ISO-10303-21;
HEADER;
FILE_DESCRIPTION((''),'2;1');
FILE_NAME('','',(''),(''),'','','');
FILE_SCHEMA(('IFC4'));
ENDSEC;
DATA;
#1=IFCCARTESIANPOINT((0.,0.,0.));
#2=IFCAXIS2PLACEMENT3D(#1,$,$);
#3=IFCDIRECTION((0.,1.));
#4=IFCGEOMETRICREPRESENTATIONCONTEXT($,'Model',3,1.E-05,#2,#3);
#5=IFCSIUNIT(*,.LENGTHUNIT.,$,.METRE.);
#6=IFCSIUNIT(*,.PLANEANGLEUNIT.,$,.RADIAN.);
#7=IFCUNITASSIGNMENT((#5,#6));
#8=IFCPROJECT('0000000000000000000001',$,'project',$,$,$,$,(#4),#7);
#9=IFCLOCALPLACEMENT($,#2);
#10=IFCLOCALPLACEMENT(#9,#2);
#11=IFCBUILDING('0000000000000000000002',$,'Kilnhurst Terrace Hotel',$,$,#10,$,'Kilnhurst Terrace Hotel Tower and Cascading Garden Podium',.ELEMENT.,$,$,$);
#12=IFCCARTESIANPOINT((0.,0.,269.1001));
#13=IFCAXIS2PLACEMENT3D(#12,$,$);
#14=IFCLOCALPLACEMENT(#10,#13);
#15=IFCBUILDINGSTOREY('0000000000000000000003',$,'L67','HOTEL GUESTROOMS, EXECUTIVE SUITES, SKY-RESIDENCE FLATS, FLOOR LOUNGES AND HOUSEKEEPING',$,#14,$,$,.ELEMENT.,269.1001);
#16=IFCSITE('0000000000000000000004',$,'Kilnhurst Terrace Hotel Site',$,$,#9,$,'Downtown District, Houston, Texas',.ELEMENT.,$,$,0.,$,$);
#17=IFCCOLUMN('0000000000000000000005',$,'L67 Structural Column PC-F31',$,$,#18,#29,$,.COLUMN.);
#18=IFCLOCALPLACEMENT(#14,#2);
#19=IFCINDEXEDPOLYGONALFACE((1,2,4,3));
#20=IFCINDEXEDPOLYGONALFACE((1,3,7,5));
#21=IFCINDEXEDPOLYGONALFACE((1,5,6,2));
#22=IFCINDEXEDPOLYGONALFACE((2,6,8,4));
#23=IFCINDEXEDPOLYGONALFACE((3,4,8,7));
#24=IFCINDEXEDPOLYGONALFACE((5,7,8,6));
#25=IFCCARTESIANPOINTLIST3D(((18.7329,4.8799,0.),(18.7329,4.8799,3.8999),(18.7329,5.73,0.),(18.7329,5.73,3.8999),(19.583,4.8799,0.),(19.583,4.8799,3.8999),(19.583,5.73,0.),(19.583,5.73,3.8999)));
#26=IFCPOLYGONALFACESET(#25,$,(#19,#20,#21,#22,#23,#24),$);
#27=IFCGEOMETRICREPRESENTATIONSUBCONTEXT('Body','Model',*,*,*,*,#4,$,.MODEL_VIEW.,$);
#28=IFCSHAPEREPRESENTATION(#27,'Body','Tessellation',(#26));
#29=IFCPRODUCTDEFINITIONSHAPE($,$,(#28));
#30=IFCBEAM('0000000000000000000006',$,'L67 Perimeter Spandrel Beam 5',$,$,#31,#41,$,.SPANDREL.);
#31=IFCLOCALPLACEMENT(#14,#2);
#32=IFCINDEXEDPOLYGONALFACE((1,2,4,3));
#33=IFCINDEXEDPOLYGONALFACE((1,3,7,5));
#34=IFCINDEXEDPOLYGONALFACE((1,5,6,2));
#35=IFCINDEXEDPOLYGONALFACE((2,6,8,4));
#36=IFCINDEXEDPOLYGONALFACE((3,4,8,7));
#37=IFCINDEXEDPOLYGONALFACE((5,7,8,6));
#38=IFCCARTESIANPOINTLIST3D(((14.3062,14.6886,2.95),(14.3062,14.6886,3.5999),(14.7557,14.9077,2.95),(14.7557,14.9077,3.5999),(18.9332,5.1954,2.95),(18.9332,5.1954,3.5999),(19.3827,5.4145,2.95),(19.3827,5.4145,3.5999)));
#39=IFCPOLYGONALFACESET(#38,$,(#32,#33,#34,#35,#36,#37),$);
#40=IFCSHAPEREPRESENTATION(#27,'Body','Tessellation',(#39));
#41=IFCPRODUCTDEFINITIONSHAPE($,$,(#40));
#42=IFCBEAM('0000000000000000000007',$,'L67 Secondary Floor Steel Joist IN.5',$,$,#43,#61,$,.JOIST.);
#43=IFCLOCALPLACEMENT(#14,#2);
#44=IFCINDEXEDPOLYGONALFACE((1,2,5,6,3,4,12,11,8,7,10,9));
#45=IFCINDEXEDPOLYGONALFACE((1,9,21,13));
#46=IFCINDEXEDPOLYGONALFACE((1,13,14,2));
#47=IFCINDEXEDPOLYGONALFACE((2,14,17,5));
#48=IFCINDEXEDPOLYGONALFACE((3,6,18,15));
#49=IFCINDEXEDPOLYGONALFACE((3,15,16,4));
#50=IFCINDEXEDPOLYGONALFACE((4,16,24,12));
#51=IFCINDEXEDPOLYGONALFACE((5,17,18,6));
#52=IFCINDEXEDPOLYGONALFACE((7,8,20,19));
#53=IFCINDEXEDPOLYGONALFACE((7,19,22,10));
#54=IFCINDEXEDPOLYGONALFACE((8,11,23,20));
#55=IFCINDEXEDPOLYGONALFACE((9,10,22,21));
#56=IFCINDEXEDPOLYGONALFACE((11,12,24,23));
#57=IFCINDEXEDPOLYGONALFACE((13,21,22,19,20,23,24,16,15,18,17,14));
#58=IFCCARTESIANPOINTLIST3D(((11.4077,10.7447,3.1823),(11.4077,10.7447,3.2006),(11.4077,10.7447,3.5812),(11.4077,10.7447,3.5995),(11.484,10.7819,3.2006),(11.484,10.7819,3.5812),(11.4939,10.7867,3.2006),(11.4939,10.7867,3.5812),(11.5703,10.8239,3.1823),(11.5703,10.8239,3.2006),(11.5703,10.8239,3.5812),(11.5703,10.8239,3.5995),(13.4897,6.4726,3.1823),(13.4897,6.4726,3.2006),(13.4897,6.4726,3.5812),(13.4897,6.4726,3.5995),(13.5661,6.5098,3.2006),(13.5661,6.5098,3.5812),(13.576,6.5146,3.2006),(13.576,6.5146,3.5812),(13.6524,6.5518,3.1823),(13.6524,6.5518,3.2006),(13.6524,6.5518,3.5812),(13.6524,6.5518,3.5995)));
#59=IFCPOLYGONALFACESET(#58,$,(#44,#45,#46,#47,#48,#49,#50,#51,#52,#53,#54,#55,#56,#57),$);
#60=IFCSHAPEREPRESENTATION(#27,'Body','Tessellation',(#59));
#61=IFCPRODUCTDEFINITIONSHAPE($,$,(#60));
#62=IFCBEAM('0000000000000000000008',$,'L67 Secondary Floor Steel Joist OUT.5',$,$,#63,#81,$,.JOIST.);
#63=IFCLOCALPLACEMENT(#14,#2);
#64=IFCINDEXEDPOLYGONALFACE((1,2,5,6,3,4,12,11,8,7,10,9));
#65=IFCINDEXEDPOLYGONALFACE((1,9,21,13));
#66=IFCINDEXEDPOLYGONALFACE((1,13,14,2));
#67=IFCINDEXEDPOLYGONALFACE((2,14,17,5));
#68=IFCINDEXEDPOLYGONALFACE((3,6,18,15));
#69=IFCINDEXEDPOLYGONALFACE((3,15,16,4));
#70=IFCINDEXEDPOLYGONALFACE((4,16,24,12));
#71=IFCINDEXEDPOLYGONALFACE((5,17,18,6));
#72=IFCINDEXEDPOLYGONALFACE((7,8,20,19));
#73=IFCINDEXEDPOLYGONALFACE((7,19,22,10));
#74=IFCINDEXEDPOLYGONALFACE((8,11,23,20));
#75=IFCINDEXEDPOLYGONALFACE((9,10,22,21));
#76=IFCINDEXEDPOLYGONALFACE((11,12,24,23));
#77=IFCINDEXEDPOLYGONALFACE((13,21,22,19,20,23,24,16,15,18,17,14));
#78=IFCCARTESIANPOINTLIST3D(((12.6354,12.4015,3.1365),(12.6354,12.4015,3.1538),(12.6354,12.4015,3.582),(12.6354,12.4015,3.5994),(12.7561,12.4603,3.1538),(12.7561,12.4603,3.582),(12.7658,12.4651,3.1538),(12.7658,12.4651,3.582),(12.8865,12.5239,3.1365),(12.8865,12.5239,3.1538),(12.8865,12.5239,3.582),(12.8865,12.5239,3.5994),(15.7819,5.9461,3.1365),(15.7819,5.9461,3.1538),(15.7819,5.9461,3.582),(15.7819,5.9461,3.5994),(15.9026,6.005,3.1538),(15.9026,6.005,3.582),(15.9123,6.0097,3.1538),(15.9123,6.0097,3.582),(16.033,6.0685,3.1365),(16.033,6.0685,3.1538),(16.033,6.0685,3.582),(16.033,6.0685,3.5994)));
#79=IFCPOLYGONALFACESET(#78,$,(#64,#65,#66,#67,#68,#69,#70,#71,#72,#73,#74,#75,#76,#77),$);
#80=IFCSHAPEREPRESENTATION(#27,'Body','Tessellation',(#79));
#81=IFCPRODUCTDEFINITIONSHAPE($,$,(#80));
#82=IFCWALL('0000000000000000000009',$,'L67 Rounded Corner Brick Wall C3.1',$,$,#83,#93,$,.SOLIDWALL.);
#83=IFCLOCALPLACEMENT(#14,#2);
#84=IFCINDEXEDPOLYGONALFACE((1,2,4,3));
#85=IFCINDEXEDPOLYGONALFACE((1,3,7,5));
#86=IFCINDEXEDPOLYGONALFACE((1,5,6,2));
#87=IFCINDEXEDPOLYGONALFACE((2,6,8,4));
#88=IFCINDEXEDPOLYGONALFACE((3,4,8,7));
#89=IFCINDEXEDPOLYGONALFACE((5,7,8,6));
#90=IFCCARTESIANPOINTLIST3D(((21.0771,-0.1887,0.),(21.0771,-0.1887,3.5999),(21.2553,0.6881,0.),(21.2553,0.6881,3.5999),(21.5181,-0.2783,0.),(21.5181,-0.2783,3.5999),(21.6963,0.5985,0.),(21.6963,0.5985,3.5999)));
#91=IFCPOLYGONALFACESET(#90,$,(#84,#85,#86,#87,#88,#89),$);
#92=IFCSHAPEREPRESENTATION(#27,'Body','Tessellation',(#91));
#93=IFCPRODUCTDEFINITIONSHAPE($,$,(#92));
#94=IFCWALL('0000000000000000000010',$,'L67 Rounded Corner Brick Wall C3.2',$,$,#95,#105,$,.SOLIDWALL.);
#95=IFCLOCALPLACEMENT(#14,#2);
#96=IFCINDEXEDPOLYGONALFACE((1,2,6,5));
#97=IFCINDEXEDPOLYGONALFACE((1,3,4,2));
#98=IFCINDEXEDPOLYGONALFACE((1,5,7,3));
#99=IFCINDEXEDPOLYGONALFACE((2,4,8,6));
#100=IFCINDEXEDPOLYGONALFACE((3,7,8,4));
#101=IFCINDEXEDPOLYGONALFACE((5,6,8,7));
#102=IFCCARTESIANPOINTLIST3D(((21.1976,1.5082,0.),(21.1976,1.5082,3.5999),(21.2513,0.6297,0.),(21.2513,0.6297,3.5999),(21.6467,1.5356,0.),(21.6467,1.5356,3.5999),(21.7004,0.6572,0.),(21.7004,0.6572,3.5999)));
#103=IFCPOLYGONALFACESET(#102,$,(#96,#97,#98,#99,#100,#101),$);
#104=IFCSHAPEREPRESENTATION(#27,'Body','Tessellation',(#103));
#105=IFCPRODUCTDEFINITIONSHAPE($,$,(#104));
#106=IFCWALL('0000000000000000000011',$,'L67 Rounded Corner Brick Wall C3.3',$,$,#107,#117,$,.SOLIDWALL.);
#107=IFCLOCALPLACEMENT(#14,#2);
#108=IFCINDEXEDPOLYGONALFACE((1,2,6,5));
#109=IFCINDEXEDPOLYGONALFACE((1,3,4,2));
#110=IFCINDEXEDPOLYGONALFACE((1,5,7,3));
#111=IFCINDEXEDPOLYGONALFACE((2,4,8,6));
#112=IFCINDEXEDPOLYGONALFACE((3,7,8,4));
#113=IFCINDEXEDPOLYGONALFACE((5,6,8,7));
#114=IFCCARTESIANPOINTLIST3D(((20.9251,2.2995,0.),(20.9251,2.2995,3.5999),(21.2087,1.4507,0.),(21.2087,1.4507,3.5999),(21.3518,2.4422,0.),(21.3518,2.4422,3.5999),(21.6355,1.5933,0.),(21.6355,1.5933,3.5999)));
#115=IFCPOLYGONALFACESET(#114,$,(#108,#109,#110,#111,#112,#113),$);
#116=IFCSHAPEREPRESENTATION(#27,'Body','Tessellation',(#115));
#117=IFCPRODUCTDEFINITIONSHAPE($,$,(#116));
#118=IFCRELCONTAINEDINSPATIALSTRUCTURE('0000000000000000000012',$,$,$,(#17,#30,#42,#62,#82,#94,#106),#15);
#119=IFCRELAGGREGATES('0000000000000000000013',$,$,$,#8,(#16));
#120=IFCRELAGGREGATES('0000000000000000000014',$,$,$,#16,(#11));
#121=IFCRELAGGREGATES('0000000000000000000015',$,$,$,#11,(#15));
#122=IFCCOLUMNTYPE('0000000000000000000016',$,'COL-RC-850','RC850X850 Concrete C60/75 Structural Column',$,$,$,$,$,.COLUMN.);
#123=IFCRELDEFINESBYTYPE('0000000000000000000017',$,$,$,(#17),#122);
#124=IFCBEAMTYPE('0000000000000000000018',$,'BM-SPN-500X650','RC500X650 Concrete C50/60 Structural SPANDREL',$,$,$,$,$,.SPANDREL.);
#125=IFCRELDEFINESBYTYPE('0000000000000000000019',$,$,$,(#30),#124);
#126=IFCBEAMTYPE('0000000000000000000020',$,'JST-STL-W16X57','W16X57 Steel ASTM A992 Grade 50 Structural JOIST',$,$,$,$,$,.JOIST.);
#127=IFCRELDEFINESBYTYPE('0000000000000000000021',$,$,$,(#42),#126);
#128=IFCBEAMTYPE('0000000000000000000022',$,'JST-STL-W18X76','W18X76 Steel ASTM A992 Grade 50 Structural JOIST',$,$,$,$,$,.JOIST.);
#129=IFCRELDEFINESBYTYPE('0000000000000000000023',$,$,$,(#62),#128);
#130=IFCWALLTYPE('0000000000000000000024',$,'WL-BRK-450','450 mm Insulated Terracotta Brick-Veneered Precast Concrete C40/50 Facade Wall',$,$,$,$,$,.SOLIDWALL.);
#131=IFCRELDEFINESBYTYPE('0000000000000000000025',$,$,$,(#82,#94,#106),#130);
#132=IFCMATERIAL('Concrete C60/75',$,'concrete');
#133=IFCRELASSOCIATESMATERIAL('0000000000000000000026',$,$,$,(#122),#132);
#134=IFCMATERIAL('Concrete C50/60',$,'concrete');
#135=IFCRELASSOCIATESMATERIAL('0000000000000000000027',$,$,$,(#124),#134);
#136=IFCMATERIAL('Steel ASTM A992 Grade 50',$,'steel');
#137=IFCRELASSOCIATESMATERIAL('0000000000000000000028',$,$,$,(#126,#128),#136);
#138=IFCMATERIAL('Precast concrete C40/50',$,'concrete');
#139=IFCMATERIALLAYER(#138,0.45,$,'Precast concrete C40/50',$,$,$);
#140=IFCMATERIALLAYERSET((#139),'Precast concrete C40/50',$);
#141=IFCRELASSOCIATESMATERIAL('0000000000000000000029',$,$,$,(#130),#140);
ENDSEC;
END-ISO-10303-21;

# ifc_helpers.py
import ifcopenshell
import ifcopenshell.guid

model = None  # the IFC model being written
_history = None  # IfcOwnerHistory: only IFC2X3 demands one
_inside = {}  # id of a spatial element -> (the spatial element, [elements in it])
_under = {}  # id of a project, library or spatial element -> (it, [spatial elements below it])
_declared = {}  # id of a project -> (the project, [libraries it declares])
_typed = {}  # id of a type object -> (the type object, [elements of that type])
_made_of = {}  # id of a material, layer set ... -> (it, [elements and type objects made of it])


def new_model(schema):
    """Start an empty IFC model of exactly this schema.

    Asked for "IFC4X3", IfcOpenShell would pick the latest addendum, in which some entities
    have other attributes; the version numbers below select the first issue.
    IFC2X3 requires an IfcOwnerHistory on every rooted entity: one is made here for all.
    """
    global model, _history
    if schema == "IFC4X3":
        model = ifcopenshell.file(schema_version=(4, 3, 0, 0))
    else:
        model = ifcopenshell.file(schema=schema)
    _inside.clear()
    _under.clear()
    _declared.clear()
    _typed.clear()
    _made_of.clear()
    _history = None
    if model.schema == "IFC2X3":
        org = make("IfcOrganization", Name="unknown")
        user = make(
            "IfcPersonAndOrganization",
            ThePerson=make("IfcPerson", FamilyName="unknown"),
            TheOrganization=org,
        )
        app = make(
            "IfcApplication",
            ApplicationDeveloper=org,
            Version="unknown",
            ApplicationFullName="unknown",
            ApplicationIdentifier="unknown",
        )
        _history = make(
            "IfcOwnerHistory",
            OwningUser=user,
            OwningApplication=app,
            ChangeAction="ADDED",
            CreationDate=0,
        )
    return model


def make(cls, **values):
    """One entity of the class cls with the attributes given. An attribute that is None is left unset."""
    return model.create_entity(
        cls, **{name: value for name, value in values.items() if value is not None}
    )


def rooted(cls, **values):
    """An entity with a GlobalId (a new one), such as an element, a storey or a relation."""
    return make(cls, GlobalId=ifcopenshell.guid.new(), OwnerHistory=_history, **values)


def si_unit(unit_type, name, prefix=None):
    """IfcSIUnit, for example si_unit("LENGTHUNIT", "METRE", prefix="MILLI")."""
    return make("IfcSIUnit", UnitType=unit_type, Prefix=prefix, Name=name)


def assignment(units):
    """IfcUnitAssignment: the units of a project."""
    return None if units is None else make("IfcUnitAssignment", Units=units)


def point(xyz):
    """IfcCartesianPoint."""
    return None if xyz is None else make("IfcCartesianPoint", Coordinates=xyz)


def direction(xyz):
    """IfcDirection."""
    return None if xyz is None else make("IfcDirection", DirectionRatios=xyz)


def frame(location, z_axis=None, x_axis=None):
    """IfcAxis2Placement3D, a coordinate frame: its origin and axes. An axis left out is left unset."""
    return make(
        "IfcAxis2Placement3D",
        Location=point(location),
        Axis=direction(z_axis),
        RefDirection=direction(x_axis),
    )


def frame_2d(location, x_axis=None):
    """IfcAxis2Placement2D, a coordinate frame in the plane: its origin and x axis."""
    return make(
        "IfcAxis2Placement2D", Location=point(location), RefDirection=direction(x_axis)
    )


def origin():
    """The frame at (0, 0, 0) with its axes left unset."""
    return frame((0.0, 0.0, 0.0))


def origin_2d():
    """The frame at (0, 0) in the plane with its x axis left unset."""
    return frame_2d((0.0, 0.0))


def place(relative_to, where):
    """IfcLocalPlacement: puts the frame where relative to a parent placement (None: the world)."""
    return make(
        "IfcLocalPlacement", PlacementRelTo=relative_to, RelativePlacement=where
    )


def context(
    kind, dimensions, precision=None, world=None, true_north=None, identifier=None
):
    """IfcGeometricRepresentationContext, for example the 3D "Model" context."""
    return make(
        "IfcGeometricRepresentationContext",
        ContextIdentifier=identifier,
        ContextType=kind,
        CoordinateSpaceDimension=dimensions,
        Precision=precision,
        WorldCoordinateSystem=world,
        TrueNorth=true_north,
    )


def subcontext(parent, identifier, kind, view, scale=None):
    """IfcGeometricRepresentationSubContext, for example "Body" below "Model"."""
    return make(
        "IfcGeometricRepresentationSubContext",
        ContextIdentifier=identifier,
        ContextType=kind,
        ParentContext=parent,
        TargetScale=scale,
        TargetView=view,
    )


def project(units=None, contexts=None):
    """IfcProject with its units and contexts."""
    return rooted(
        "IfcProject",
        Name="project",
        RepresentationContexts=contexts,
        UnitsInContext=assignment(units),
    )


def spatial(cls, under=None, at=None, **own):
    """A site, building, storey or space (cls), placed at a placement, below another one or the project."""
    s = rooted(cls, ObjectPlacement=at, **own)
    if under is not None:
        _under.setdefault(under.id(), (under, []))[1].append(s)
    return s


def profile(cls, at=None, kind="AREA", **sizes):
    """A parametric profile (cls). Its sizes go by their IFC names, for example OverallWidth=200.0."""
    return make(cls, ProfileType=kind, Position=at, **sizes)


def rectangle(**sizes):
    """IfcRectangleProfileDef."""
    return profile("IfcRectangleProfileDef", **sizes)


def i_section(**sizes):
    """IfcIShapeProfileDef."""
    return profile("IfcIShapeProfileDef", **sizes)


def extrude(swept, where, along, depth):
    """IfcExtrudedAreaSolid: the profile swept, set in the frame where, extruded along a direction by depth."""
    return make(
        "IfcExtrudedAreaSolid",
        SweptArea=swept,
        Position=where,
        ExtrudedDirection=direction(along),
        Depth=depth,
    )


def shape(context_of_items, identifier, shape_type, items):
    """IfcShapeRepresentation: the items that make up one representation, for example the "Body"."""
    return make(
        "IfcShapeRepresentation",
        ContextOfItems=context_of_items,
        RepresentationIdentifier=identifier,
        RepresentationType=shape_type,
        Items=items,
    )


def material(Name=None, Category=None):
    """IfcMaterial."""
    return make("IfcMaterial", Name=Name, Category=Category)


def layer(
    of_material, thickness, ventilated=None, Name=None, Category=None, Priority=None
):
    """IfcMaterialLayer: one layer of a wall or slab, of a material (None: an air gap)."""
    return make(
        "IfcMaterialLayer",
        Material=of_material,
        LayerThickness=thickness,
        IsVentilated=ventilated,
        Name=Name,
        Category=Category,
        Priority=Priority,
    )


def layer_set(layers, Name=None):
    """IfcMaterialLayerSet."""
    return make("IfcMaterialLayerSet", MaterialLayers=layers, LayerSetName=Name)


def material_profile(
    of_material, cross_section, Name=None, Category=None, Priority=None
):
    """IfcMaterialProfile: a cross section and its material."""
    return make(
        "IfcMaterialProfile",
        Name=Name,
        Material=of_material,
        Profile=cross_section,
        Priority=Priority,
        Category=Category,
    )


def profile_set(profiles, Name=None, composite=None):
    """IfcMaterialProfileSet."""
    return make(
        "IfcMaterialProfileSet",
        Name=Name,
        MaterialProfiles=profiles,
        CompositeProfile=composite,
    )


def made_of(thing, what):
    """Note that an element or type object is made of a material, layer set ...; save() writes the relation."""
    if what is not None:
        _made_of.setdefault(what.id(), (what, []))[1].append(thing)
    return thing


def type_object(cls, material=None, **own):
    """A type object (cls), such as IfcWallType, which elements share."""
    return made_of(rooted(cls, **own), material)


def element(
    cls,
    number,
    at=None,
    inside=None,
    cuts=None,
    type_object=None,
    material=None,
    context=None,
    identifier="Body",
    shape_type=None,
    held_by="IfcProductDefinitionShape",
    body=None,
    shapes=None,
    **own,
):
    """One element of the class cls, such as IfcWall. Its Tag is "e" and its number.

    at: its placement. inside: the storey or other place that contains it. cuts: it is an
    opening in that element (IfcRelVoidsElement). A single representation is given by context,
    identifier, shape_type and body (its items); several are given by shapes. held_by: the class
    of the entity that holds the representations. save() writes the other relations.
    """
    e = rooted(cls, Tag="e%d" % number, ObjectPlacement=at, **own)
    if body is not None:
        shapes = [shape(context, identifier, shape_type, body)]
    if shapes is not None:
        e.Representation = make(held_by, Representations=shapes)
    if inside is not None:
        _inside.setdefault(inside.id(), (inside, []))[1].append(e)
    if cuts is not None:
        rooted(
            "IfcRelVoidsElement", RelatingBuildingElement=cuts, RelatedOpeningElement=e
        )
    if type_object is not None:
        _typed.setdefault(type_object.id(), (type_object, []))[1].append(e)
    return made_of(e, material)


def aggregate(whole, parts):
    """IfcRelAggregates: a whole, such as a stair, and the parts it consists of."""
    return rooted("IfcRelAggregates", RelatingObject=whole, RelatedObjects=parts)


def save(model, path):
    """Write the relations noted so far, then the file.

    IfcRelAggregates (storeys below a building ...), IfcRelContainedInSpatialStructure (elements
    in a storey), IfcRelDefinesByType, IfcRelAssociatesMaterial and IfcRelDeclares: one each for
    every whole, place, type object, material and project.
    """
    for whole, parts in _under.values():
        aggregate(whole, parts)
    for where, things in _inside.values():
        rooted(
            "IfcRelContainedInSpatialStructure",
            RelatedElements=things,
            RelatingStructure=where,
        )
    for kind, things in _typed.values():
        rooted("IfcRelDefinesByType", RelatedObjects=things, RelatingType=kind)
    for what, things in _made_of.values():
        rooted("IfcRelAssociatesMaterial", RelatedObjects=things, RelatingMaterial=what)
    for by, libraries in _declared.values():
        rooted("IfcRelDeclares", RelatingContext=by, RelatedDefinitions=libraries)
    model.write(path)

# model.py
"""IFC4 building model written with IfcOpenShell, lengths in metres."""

from ifc_helpers import new_model, si_unit, direction, frame, frame_2d, origin, origin_2d, place, context, subcontext, project, spatial, rectangle, i_section, extrude, material, layer, layer_set, material_profile, profile_set, type_object, element, save


model = new_model("IFC4")

# Units and contexts
model_context = context("Model", 3, precision=1e-05, world=origin(), true_north=direction((0.0, 1.0)))
body_context = subcontext(model_context, "Body", "Model", "MODEL_VIEW")
ifc_project = project(units=[si_unit("LENGTHUNIT", "METRE"), si_unit("PLANEANGLEUNIT", "RADIAN")], contexts=[model_context])

# Site, building, storey
site_placement = place(None, origin())
site = spatial("IfcSite", under=ifc_project, at=site_placement, Name="Kilnhurst Terrace Hotel Site", LongName="Downtown District, Houston, Texas", CompositionType="ELEMENT", RefElevation=0.0)
building_placement = place(site_placement, origin())
building = spatial("IfcBuilding", under=site, at=building_placement, Name="Kilnhurst Terrace Hotel", LongName="Kilnhurst Terrace Hotel Tower and Cascading Garden Podium", CompositionType="ELEMENT")
storey_placement = place(building_placement, frame((0.0, 0.0, 269.1001)))
storey = spatial("IfcBuildingStorey", under=building, at=storey_placement, Name="L67", Description="HOTEL GUESTROOMS, EXECUTIVE SUITES, SKY-RESIDENCE FLATS, FLOOR LOUNGES AND HOUSEKEEPING", CompositionType="ELEMENT", Elevation=269.1001)

# Column
ifc_material_1 = material(Name="Concrete C60/75", Category="concrete")
ifc_material_profile_1 = material_profile(ifc_material_1, rectangle(XDim=0.8501, YDim=0.8501, at=origin_2d()), Name="RC850X850")
ifc_profile_set_1 = profile_set([ifc_material_profile_1], Name="Concrete C60/75")
column_type = type_object("IfcColumnType", Name="COL-RC-850", Description="RC850X850 Concrete C60/75 Structural Column", PredefinedType="COLUMN", material=ifc_profile_set_1)
column_placement = place(storey_placement, frame((19.158, 5.3049, 0.0), z_axis=(0.0, 0.0, 1.0), x_axis=(1.0, 0.0, 0.0)))
element("IfcColumn", 1, at=column_placement, inside=storey, type_object=column_type, Name="L67 Structural Column PC-F31", PredefinedType="COLUMN", context=body_context, shape_type="SweptSolid", body=[
    extrude(rectangle(XDim=0.8501, YDim=0.8501, at=origin_2d()), origin(), (0.0, 0.0, 1.0), 3.8999),
])

# Beams
ifc_material_2 = material(Name="Concrete C50/60", Category="concrete")
ifc_material_profile_2 = material_profile(ifc_material_2, rectangle(XDim=0.5, YDim=0.6499, at=origin_2d()), Name="RC500X650")
ifc_profile_set_2 = profile_set([ifc_material_profile_2], Name="Concrete C50/60")
beam_type_1 = type_object("IfcBeamType", Name="BM-SPN-500X650", Description="RC500X650 Concrete C50/60 Structural SPANDREL", PredefinedType="SPANDREL", material=ifc_profile_set_2)
beam_1_placement = place(storey_placement, frame((19.158, 5.3049, 3.2749), z_axis=(-0.438128, 0.898912, 0.0), x_axis=(-0.898912, -0.438128, 0.0)))
element("IfcBeam", 2, at=beam_1_placement, inside=storey, type_object=beam_type_1, Name="L67 Perimeter Spandrel Beam 5", PredefinedType="SPANDREL", context=body_context, shape_type="SweptSolid", body=[
    extrude(rectangle(XDim=0.5, YDim=0.6499, at=origin_2d()), origin(), (0.0, 0.0, 1.0), 10.5608),
])
ifc_material_3 = material(Name="Steel ASTM A992 Grade 50", Category="steel")
ifc_material_profile_3 = material_profile(ifc_material_3, i_section(OverallWidth=0.1809, OverallDepth=0.4172, WebThickness=0.011, FlangeThickness=0.0183, at=origin_2d()), Name="W16X57")
ifc_profile_set_3 = profile_set([ifc_material_profile_3], Name="Steel ASTM A992 Grade 50")
beam_type_2 = type_object("IfcBeamType", Name="JST-STL-W16X57", Description="W16X57 Steel ASTM A992 Grade 50 Structural JOIST", PredefinedType="JOIST", material=ifc_profile_set_3)
beam_2_placement = place(storey_placement, frame((13.571, 6.5122, 3.3909), z_axis=(-0.438108, 0.898922, 0.0), x_axis=(-0.898922, -0.438108, 0.0)))
element("IfcBeam", 3, at=beam_2_placement, inside=storey, type_object=beam_type_2, Name="L67 Secondary Floor Steel Joist IN.5", PredefinedType="JOIST", context=body_context, shape_type="SweptSolid", body=[
    extrude(i_section(OverallWidth=0.1809, OverallDepth=0.4172, WebThickness=0.011, FlangeThickness=0.0183, at=origin_2d()), origin(), (0.0, 0.0, 1.0), 4.7524),
])
ifc_material_profile_4 = material_profile(ifc_material_3, i_section(OverallWidth=0.2793, OverallDepth=0.4629, WebThickness=0.0107, FlangeThickness=0.0173, at=origin_2d()), Name="W18X76")
ifc_profile_set_4 = profile_set([ifc_material_profile_4], Name="Steel ASTM A992 Grade 50")
beam_type_3 = type_object("IfcBeamType", Name="JST-STL-W18X76", Description="W18X76 Steel ASTM A992 Grade 50 Structural JOIST", PredefinedType="JOIST", material=ifc_profile_set_4)
beam_3_placement = place(storey_placement, frame((15.9075, 6.0073, 3.3679), z_axis=(-0.438148, 0.898903, 0.0), x_axis=(-0.898903, -0.438148, 0.0)))
element("IfcBeam", 4, at=beam_3_placement, inside=storey, type_object=beam_type_3, Name="L67 Secondary Floor Steel Joist OUT.5", PredefinedType="JOIST", context=body_context, shape_type="SweptSolid", body=[
    extrude(i_section(OverallWidth=0.2793, OverallDepth=0.4629, WebThickness=0.0107, FlangeThickness=0.0173, at=origin_2d()), origin(), (0.0, 0.0, 1.0), 7.1814),
])

# Walls
ifc_material_4 = material(Name="Precast concrete C40/50", Category="concrete")
ifc_layer_1 = layer(ifc_material_4, 0.45, Name="Precast concrete C40/50")
ifc_layer_set_1 = layer_set([ifc_layer_1], Name="Precast concrete C40/50")
wall_type_1 = type_object("IfcWallType", Name="WL-BRK-450", Description="450 mm Insulated Terracotta Brick-Veneered Precast Concrete C40/50 Facade Wall", PredefinedType="SOLIDWALL", material=ifc_layer_set_1)
wall_1_placement = place(storey_placement, frame((21.2976, -0.2334, 0.0), z_axis=(0.0, 0.0, 1.0), x_axis=(0.199158, 0.979967, 0.0)))
element("IfcWall", 5, at=wall_1_placement, inside=storey, type_object=wall_type_1, Name="L67 Rounded Corner Brick Wall C3.1", PredefinedType="SOLIDWALL", context=body_context, shape_type="SweptSolid", body=[
    extrude(rectangle(XDim=0.8948, YDim=0.45, at=frame_2d((0.4473, 0.0))), origin(), (0.0, 0.0, 1.0), 3.5999),
])
wall_2_placement = place(storey_placement, frame((21.4758, 0.6436, 0.0), z_axis=(0.0, 0.0, 1.0), x_axis=(-0.061031, 0.998136, 0.0)))
element("IfcWall", 6, at=wall_2_placement, inside=storey, type_object=wall_type_1, Name="L67 Rounded Corner Brick Wall C3.2", PredefinedType="SOLIDWALL", context=body_context, shape_type="SweptSolid", body=[
    extrude(rectangle(XDim=0.8801, YDim=0.45, at=frame_2d((0.4399, 0.0))), origin(), (0.0, 0.0, 1.0), 3.5999),
])
wall_3_placement = place(storey_placement, frame((21.4221, 1.522, 0.0), z_axis=(0.0, 0.0, 1.0), x_axis=(-0.316964, 0.948438, 0.0)))
element("IfcWall", 7, at=wall_3_placement, inside=storey, type_object=wall_type_1, Name="L67 Rounded Corner Brick Wall C3.3", PredefinedType="SOLIDWALL", context=body_context, shape_type="SweptSolid", body=[
    extrude(rectangle(XDim=0.895, YDim=0.45, at=frame_2d((0.4475, 0.0))), origin(), (0.0, 0.0, 1.0), 3.5999),
])

save(model, "model.ifc")
